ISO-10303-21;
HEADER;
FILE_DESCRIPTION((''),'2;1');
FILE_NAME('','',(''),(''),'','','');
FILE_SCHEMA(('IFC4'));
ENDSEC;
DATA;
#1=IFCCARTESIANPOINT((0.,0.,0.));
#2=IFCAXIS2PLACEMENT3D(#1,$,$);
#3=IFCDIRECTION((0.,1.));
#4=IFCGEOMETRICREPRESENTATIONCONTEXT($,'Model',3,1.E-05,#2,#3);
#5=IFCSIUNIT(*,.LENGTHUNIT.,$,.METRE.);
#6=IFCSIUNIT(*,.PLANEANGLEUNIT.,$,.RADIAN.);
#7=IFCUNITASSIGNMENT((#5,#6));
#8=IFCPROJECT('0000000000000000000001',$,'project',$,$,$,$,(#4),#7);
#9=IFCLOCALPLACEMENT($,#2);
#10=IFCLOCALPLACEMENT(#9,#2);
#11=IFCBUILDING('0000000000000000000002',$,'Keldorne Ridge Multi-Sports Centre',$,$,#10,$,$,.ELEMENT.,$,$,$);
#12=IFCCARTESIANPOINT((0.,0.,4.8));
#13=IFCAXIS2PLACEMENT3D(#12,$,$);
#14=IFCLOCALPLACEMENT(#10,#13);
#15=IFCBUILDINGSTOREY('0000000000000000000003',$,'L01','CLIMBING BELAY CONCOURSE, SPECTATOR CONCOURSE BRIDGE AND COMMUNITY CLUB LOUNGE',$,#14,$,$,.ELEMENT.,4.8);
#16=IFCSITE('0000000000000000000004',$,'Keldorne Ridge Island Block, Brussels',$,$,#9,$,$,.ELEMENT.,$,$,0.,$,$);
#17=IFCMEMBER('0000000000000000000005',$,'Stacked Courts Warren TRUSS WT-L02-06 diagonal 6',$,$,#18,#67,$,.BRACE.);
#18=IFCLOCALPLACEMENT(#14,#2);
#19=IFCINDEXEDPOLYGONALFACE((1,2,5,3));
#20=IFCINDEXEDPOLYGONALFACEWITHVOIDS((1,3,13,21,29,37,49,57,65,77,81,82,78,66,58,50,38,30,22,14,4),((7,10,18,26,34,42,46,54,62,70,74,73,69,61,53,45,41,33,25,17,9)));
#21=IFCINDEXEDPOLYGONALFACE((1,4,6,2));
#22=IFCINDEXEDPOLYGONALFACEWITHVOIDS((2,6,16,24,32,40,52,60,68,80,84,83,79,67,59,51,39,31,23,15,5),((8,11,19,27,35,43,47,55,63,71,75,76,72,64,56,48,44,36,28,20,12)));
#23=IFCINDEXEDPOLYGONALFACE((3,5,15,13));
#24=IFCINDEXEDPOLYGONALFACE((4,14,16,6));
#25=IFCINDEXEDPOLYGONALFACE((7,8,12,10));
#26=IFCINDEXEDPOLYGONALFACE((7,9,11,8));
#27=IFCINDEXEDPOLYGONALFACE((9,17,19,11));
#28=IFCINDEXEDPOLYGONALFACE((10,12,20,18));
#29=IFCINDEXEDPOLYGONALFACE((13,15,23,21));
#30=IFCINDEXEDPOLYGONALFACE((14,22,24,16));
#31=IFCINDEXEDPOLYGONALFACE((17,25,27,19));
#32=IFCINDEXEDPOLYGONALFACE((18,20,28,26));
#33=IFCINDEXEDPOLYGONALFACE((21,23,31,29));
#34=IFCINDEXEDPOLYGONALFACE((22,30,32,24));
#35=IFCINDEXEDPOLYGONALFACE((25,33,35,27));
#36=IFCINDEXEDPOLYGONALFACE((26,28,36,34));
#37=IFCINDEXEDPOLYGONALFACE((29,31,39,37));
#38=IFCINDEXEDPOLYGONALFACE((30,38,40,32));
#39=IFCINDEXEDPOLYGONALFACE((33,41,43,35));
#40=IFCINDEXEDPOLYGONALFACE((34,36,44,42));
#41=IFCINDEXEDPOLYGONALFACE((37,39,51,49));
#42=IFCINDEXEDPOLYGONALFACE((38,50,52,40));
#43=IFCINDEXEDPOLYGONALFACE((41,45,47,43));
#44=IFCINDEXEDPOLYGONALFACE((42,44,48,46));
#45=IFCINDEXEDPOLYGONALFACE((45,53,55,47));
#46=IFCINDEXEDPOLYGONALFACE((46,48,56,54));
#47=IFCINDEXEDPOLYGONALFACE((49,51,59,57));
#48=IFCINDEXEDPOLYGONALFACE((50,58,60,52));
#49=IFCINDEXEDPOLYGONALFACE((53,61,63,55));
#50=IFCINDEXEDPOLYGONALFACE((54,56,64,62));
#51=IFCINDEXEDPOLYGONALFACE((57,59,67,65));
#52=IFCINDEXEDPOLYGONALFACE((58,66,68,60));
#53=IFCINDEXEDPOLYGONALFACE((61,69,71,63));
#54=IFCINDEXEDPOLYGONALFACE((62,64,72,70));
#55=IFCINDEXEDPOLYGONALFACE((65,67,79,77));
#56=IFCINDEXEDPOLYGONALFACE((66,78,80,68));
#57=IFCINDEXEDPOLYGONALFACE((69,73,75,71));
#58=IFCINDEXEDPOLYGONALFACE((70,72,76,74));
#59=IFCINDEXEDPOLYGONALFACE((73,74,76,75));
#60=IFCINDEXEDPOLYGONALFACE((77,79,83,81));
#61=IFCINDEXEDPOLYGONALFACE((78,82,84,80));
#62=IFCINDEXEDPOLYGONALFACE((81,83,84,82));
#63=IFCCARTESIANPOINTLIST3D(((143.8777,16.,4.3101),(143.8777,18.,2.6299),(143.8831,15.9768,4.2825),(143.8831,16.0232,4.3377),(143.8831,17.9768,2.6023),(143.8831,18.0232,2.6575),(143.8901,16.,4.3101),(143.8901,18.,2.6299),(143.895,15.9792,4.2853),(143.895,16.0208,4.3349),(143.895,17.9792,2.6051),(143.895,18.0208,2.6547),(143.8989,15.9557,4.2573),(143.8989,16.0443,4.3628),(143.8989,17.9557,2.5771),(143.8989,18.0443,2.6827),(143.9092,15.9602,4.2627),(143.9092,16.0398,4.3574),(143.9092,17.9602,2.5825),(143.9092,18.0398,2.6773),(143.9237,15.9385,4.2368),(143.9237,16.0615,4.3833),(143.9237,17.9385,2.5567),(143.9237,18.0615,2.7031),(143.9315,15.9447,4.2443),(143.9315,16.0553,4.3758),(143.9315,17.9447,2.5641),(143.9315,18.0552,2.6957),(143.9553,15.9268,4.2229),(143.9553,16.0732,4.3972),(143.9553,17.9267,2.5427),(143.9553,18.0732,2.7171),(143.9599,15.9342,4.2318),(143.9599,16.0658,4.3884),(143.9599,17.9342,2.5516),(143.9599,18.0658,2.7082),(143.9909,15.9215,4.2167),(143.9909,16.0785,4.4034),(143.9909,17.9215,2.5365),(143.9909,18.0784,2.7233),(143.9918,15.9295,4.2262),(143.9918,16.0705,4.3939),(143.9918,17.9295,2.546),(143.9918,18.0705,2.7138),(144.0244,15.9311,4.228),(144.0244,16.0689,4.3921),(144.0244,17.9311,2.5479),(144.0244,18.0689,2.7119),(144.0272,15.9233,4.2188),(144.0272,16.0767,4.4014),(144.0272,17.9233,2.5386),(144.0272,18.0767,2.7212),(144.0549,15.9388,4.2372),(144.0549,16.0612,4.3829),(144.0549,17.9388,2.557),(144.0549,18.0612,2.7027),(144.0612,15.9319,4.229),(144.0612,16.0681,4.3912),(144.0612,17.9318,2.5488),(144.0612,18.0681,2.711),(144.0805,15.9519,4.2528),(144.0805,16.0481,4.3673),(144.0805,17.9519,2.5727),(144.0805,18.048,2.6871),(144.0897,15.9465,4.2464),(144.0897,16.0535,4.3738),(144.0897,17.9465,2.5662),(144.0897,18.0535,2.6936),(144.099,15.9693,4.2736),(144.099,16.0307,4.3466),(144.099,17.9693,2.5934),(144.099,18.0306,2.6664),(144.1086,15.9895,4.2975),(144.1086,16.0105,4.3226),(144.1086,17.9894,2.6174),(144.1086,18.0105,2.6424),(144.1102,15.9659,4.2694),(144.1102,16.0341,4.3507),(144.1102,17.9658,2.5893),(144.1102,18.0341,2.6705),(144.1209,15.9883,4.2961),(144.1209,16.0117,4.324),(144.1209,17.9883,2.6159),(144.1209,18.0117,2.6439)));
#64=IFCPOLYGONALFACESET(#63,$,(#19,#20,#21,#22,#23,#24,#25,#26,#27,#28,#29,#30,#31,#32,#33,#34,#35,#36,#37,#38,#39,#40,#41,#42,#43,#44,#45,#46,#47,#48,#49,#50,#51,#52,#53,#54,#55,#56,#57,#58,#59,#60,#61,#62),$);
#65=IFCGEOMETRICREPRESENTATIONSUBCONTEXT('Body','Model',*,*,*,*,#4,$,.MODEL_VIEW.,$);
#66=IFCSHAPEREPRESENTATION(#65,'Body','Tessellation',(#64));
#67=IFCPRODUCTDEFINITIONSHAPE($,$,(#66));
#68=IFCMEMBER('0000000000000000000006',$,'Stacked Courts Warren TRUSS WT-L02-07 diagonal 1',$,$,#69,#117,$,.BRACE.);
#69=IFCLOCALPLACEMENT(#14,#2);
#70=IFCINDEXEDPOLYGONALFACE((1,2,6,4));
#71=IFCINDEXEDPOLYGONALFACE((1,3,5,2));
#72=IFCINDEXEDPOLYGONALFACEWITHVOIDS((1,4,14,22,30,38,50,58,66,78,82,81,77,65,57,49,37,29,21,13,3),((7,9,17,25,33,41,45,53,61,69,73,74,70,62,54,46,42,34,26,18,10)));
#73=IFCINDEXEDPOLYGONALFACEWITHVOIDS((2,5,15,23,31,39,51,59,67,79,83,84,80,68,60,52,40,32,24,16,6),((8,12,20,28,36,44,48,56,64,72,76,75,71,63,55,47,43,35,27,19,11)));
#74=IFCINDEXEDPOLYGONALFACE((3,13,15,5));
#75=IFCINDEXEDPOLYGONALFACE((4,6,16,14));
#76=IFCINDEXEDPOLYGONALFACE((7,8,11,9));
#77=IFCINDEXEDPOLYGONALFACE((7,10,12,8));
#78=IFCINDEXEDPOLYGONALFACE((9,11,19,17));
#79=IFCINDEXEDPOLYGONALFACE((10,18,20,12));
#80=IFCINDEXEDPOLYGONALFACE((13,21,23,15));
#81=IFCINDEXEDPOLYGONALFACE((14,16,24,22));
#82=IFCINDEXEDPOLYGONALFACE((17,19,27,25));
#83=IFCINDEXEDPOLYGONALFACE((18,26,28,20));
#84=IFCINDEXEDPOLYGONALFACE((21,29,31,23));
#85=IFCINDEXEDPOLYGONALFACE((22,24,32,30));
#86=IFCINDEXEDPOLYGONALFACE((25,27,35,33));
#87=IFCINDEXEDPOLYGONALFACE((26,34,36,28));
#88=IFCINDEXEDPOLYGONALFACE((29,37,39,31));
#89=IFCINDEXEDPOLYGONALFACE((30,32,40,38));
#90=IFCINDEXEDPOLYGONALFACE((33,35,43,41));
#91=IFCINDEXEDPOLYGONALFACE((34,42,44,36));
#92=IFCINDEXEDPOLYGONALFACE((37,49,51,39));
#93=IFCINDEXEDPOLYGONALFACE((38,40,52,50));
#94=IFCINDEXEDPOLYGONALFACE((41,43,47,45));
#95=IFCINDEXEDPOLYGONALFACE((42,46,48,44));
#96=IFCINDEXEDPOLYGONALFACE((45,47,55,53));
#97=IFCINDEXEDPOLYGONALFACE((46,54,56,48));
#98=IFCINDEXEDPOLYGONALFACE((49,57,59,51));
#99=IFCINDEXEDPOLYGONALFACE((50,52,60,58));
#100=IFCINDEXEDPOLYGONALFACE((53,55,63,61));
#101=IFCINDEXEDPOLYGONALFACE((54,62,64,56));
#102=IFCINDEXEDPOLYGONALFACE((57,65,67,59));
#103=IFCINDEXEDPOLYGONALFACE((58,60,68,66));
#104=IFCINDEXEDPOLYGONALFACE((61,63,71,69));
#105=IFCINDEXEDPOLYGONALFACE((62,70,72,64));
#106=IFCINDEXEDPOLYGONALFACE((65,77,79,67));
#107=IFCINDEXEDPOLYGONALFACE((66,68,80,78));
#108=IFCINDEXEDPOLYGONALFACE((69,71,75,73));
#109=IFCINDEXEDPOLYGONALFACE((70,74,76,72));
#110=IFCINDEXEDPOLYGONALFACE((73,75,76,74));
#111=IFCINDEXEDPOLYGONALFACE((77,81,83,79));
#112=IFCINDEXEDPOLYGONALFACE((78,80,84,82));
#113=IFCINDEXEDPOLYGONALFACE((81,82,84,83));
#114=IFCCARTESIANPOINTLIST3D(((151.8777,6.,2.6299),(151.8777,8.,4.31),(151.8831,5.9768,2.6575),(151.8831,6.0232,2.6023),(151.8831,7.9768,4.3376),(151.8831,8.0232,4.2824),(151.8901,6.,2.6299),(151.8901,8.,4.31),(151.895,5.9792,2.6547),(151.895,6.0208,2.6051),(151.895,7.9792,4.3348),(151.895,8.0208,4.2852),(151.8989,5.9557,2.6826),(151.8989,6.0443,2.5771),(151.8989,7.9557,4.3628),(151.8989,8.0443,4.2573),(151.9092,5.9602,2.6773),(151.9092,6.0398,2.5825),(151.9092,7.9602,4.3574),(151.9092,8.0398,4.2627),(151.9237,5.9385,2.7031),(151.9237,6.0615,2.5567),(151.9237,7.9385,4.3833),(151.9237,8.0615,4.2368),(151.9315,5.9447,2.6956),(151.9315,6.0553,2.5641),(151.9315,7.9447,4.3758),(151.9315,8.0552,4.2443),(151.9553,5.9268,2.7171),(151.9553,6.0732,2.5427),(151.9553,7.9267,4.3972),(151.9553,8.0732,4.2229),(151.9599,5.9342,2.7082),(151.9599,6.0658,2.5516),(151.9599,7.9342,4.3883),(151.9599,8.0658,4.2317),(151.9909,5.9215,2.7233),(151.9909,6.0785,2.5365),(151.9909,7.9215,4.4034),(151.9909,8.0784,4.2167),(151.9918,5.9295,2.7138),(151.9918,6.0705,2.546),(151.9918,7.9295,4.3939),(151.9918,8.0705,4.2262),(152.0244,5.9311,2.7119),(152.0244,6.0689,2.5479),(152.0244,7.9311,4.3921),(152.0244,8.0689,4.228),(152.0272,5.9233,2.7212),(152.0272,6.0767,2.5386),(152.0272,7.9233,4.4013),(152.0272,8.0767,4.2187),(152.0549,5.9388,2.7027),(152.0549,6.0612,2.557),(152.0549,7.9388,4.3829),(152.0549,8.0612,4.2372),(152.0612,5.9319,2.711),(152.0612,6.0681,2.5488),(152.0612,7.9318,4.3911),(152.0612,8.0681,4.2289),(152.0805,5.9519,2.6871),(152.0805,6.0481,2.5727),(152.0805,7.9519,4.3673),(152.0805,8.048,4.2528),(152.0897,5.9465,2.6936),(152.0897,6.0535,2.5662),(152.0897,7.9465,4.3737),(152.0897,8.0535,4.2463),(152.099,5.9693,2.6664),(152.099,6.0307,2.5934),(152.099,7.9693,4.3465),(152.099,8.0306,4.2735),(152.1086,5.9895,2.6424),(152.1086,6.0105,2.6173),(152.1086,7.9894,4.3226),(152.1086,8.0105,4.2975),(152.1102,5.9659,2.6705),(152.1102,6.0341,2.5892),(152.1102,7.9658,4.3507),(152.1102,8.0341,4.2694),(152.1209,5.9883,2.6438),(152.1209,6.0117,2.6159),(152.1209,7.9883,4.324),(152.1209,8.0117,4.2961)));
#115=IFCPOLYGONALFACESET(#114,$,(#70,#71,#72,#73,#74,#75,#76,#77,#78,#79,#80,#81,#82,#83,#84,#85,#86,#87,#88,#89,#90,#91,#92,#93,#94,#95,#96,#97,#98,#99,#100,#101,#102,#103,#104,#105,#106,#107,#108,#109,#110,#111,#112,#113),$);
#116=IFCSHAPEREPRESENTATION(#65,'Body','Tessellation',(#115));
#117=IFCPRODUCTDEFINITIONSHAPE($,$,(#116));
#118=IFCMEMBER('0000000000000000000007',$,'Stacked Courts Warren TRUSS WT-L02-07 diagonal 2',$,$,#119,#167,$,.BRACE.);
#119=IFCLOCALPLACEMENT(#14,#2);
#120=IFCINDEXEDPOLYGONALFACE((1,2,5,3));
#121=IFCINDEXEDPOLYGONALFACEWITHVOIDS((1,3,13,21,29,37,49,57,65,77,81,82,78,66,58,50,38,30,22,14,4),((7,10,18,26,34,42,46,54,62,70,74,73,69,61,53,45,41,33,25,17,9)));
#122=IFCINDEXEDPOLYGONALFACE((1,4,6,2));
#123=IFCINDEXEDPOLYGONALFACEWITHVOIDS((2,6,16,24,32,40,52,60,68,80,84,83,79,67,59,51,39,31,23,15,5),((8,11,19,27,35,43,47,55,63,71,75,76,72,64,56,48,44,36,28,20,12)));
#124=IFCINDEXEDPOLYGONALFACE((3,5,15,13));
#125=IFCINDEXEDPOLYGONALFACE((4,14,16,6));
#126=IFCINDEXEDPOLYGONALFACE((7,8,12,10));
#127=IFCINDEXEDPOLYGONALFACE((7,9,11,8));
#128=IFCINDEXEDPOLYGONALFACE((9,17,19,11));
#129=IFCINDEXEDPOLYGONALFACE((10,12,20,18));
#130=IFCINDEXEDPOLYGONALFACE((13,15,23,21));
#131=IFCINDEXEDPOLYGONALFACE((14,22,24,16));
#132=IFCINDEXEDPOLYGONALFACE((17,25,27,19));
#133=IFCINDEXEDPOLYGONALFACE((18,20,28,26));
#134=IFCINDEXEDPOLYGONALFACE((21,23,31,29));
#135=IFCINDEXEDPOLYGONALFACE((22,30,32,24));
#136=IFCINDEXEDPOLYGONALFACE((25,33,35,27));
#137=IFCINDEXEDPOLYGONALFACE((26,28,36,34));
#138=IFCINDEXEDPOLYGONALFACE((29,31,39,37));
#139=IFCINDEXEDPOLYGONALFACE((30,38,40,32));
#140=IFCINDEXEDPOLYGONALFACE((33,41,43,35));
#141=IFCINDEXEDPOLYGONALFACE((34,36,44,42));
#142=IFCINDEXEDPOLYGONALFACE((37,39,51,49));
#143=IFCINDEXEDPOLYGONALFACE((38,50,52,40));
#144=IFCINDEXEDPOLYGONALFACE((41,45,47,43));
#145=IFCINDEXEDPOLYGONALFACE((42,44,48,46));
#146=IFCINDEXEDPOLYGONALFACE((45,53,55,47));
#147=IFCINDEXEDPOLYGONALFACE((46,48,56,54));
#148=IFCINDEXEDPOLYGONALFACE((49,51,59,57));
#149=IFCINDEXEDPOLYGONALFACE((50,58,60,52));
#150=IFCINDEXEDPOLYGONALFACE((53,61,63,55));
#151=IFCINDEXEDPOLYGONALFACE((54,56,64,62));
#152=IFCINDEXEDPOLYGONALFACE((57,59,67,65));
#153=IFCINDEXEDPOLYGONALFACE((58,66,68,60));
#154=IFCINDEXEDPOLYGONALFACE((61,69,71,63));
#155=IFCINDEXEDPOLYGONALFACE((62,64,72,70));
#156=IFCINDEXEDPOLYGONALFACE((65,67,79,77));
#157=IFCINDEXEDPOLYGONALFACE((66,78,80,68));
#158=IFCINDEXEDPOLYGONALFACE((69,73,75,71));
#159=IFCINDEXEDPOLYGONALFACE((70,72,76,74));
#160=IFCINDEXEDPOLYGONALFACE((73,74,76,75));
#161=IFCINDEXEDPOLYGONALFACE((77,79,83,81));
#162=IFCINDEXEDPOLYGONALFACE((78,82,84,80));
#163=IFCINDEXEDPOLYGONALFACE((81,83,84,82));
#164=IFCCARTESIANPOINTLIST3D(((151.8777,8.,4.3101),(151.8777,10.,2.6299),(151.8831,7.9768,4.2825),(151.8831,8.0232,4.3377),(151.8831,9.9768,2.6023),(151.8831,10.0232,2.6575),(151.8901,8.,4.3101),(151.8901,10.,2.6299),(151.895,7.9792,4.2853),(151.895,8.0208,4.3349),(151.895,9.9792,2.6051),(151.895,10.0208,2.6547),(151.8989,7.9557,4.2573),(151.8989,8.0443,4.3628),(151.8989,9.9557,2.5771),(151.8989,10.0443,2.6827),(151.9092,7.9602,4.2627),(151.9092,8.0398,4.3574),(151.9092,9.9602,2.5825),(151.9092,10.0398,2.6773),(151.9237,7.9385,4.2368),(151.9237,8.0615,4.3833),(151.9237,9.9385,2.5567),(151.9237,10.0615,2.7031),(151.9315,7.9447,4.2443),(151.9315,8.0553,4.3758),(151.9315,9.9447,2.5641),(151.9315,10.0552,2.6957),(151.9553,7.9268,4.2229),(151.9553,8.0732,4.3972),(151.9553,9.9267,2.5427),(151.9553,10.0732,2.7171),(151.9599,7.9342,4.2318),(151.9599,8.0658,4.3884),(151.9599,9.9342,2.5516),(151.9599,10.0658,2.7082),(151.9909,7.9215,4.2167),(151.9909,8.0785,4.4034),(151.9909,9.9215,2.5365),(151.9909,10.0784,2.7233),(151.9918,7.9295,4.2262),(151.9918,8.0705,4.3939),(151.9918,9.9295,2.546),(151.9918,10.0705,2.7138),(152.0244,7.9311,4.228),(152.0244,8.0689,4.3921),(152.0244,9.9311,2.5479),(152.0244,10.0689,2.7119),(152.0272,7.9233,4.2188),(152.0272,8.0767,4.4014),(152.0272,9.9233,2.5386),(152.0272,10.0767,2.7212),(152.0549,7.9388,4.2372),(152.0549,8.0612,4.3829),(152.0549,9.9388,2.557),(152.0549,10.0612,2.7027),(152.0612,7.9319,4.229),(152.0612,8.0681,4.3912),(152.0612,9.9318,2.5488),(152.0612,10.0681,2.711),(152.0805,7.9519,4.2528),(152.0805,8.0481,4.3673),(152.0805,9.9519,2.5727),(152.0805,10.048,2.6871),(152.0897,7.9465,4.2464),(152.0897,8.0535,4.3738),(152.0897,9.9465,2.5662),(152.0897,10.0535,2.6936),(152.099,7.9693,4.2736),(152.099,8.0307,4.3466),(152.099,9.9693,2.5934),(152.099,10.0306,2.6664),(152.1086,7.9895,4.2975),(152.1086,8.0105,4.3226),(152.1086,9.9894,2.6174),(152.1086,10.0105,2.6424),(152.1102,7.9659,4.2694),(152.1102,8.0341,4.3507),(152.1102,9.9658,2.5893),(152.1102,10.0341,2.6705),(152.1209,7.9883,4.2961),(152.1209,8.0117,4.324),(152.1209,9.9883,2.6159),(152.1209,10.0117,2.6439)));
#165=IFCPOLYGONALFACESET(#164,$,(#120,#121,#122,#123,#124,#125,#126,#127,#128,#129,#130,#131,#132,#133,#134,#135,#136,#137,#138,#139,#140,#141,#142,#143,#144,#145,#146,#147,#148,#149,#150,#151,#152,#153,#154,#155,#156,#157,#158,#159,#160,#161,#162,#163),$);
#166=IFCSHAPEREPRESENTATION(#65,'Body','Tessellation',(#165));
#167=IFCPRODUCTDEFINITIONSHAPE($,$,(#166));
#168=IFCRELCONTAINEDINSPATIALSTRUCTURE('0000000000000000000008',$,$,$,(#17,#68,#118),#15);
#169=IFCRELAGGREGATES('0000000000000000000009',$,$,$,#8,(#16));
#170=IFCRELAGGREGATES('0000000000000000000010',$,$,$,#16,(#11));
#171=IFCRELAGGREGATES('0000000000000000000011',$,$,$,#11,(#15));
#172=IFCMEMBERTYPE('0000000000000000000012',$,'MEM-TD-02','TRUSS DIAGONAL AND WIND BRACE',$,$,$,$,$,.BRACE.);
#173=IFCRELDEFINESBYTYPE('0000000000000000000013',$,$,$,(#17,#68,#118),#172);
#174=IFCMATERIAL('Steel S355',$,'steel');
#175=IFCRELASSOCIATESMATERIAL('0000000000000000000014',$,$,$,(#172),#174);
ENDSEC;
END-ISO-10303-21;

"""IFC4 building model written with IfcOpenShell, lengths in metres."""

from ifc_helpers import new_model, si_unit, direction, frame, origin, origin_2d, place, context, subcontext, project, spatial, hollow_circle, extrude, material, material_profile, profile_set, type_object, element, save


model = new_model("IFC4")

# Units and contexts
model_context = context("Model", 3, precision=1e-05, world=origin(), true_north=direction((0.0, 1.0)))
body_context = subcontext(model_context, "Body", "Model", "MODEL_VIEW")
ifc_project = project(units=[si_unit("LENGTHUNIT", "METRE"), si_unit("PLANEANGLEUNIT", "RADIAN")], contexts=[model_context])

# Site, building, storey
site_placement = place(None, origin())
site = spatial("IfcSite", under=ifc_project, at=site_placement, Name="Keldorne Ridge Island Block, Brussels", CompositionType="ELEMENT", RefElevation=0.0)
building_placement = place(site_placement, origin())
building = spatial("IfcBuilding", under=site, at=building_placement, Name="Keldorne Ridge Multi-Sports Centre", CompositionType="ELEMENT")
storey_placement = place(building_placement, frame((0.0, 0.0, 4.8)))
storey = spatial("IfcBuildingStorey", under=building, at=storey_placement, Name="L01", Description="CLIMBING BELAY CONCOURSE, SPECTATOR CONCOURSE BRIDGE AND COMMUNITY CLUB LOUNGE", CompositionType="ELEMENT", Elevation=4.8)

# Shared definitions
ifc_material_1 = material(Name="Steel S355", Category="steel")

# Members
ifc_material_profile_1 = material_profile(ifc_material_1, hollow_circle(Radius=0.1223, WallThickness=0.0125, at=origin_2d()), Name="CHS 244.5x12.5")
ifc_profile_set_1 = profile_set([ifc_material_profile_1], Name="Steel S355")
member_type_1 = type_object("IfcMemberType", Name="MEM-TD-02", Description="TRUSS DIAGONAL AND WIND BRACE", PredefinedType="BRACE", material=ifc_profile_set_1)
for number, where, z_axis, x_axis, name in (
    (1, (144.0, 16.0, 4.3101), (0.0, 0.765672, -0.643232), (-1.0, 0.0, 0.0), "Stacked Courts Warren TRUSS WT-L02-06 diagonal 6"),
    (2, (152.0, 6.0, 2.6299), (0.0, 0.765672, 0.643232), (-1.0, 0.0, 0.0), "Stacked Courts Warren TRUSS WT-L02-07 diagonal 1"),
    (3, (152.0, 8.0, 4.3101), (0.0, 0.765672, -0.643232), (-1.0, 0.0, 0.0), "Stacked Courts Warren TRUSS WT-L02-07 diagonal 2"),
):
    element("IfcMember", number, at=place(storey_placement, frame(where, z_axis=z_axis, x_axis=x_axis)), inside=storey, type_object=member_type_1, Name=name, PredefinedType="BRACE", context=body_context, shape_type="SweptSolid", body=[
        extrude(hollow_circle(Radius=0.1223, WallThickness=0.0125, at=origin_2d()), origin(), (0.0, 0.0, 1.0), 2.6121),
    ])

save(model, "model.ifc")
